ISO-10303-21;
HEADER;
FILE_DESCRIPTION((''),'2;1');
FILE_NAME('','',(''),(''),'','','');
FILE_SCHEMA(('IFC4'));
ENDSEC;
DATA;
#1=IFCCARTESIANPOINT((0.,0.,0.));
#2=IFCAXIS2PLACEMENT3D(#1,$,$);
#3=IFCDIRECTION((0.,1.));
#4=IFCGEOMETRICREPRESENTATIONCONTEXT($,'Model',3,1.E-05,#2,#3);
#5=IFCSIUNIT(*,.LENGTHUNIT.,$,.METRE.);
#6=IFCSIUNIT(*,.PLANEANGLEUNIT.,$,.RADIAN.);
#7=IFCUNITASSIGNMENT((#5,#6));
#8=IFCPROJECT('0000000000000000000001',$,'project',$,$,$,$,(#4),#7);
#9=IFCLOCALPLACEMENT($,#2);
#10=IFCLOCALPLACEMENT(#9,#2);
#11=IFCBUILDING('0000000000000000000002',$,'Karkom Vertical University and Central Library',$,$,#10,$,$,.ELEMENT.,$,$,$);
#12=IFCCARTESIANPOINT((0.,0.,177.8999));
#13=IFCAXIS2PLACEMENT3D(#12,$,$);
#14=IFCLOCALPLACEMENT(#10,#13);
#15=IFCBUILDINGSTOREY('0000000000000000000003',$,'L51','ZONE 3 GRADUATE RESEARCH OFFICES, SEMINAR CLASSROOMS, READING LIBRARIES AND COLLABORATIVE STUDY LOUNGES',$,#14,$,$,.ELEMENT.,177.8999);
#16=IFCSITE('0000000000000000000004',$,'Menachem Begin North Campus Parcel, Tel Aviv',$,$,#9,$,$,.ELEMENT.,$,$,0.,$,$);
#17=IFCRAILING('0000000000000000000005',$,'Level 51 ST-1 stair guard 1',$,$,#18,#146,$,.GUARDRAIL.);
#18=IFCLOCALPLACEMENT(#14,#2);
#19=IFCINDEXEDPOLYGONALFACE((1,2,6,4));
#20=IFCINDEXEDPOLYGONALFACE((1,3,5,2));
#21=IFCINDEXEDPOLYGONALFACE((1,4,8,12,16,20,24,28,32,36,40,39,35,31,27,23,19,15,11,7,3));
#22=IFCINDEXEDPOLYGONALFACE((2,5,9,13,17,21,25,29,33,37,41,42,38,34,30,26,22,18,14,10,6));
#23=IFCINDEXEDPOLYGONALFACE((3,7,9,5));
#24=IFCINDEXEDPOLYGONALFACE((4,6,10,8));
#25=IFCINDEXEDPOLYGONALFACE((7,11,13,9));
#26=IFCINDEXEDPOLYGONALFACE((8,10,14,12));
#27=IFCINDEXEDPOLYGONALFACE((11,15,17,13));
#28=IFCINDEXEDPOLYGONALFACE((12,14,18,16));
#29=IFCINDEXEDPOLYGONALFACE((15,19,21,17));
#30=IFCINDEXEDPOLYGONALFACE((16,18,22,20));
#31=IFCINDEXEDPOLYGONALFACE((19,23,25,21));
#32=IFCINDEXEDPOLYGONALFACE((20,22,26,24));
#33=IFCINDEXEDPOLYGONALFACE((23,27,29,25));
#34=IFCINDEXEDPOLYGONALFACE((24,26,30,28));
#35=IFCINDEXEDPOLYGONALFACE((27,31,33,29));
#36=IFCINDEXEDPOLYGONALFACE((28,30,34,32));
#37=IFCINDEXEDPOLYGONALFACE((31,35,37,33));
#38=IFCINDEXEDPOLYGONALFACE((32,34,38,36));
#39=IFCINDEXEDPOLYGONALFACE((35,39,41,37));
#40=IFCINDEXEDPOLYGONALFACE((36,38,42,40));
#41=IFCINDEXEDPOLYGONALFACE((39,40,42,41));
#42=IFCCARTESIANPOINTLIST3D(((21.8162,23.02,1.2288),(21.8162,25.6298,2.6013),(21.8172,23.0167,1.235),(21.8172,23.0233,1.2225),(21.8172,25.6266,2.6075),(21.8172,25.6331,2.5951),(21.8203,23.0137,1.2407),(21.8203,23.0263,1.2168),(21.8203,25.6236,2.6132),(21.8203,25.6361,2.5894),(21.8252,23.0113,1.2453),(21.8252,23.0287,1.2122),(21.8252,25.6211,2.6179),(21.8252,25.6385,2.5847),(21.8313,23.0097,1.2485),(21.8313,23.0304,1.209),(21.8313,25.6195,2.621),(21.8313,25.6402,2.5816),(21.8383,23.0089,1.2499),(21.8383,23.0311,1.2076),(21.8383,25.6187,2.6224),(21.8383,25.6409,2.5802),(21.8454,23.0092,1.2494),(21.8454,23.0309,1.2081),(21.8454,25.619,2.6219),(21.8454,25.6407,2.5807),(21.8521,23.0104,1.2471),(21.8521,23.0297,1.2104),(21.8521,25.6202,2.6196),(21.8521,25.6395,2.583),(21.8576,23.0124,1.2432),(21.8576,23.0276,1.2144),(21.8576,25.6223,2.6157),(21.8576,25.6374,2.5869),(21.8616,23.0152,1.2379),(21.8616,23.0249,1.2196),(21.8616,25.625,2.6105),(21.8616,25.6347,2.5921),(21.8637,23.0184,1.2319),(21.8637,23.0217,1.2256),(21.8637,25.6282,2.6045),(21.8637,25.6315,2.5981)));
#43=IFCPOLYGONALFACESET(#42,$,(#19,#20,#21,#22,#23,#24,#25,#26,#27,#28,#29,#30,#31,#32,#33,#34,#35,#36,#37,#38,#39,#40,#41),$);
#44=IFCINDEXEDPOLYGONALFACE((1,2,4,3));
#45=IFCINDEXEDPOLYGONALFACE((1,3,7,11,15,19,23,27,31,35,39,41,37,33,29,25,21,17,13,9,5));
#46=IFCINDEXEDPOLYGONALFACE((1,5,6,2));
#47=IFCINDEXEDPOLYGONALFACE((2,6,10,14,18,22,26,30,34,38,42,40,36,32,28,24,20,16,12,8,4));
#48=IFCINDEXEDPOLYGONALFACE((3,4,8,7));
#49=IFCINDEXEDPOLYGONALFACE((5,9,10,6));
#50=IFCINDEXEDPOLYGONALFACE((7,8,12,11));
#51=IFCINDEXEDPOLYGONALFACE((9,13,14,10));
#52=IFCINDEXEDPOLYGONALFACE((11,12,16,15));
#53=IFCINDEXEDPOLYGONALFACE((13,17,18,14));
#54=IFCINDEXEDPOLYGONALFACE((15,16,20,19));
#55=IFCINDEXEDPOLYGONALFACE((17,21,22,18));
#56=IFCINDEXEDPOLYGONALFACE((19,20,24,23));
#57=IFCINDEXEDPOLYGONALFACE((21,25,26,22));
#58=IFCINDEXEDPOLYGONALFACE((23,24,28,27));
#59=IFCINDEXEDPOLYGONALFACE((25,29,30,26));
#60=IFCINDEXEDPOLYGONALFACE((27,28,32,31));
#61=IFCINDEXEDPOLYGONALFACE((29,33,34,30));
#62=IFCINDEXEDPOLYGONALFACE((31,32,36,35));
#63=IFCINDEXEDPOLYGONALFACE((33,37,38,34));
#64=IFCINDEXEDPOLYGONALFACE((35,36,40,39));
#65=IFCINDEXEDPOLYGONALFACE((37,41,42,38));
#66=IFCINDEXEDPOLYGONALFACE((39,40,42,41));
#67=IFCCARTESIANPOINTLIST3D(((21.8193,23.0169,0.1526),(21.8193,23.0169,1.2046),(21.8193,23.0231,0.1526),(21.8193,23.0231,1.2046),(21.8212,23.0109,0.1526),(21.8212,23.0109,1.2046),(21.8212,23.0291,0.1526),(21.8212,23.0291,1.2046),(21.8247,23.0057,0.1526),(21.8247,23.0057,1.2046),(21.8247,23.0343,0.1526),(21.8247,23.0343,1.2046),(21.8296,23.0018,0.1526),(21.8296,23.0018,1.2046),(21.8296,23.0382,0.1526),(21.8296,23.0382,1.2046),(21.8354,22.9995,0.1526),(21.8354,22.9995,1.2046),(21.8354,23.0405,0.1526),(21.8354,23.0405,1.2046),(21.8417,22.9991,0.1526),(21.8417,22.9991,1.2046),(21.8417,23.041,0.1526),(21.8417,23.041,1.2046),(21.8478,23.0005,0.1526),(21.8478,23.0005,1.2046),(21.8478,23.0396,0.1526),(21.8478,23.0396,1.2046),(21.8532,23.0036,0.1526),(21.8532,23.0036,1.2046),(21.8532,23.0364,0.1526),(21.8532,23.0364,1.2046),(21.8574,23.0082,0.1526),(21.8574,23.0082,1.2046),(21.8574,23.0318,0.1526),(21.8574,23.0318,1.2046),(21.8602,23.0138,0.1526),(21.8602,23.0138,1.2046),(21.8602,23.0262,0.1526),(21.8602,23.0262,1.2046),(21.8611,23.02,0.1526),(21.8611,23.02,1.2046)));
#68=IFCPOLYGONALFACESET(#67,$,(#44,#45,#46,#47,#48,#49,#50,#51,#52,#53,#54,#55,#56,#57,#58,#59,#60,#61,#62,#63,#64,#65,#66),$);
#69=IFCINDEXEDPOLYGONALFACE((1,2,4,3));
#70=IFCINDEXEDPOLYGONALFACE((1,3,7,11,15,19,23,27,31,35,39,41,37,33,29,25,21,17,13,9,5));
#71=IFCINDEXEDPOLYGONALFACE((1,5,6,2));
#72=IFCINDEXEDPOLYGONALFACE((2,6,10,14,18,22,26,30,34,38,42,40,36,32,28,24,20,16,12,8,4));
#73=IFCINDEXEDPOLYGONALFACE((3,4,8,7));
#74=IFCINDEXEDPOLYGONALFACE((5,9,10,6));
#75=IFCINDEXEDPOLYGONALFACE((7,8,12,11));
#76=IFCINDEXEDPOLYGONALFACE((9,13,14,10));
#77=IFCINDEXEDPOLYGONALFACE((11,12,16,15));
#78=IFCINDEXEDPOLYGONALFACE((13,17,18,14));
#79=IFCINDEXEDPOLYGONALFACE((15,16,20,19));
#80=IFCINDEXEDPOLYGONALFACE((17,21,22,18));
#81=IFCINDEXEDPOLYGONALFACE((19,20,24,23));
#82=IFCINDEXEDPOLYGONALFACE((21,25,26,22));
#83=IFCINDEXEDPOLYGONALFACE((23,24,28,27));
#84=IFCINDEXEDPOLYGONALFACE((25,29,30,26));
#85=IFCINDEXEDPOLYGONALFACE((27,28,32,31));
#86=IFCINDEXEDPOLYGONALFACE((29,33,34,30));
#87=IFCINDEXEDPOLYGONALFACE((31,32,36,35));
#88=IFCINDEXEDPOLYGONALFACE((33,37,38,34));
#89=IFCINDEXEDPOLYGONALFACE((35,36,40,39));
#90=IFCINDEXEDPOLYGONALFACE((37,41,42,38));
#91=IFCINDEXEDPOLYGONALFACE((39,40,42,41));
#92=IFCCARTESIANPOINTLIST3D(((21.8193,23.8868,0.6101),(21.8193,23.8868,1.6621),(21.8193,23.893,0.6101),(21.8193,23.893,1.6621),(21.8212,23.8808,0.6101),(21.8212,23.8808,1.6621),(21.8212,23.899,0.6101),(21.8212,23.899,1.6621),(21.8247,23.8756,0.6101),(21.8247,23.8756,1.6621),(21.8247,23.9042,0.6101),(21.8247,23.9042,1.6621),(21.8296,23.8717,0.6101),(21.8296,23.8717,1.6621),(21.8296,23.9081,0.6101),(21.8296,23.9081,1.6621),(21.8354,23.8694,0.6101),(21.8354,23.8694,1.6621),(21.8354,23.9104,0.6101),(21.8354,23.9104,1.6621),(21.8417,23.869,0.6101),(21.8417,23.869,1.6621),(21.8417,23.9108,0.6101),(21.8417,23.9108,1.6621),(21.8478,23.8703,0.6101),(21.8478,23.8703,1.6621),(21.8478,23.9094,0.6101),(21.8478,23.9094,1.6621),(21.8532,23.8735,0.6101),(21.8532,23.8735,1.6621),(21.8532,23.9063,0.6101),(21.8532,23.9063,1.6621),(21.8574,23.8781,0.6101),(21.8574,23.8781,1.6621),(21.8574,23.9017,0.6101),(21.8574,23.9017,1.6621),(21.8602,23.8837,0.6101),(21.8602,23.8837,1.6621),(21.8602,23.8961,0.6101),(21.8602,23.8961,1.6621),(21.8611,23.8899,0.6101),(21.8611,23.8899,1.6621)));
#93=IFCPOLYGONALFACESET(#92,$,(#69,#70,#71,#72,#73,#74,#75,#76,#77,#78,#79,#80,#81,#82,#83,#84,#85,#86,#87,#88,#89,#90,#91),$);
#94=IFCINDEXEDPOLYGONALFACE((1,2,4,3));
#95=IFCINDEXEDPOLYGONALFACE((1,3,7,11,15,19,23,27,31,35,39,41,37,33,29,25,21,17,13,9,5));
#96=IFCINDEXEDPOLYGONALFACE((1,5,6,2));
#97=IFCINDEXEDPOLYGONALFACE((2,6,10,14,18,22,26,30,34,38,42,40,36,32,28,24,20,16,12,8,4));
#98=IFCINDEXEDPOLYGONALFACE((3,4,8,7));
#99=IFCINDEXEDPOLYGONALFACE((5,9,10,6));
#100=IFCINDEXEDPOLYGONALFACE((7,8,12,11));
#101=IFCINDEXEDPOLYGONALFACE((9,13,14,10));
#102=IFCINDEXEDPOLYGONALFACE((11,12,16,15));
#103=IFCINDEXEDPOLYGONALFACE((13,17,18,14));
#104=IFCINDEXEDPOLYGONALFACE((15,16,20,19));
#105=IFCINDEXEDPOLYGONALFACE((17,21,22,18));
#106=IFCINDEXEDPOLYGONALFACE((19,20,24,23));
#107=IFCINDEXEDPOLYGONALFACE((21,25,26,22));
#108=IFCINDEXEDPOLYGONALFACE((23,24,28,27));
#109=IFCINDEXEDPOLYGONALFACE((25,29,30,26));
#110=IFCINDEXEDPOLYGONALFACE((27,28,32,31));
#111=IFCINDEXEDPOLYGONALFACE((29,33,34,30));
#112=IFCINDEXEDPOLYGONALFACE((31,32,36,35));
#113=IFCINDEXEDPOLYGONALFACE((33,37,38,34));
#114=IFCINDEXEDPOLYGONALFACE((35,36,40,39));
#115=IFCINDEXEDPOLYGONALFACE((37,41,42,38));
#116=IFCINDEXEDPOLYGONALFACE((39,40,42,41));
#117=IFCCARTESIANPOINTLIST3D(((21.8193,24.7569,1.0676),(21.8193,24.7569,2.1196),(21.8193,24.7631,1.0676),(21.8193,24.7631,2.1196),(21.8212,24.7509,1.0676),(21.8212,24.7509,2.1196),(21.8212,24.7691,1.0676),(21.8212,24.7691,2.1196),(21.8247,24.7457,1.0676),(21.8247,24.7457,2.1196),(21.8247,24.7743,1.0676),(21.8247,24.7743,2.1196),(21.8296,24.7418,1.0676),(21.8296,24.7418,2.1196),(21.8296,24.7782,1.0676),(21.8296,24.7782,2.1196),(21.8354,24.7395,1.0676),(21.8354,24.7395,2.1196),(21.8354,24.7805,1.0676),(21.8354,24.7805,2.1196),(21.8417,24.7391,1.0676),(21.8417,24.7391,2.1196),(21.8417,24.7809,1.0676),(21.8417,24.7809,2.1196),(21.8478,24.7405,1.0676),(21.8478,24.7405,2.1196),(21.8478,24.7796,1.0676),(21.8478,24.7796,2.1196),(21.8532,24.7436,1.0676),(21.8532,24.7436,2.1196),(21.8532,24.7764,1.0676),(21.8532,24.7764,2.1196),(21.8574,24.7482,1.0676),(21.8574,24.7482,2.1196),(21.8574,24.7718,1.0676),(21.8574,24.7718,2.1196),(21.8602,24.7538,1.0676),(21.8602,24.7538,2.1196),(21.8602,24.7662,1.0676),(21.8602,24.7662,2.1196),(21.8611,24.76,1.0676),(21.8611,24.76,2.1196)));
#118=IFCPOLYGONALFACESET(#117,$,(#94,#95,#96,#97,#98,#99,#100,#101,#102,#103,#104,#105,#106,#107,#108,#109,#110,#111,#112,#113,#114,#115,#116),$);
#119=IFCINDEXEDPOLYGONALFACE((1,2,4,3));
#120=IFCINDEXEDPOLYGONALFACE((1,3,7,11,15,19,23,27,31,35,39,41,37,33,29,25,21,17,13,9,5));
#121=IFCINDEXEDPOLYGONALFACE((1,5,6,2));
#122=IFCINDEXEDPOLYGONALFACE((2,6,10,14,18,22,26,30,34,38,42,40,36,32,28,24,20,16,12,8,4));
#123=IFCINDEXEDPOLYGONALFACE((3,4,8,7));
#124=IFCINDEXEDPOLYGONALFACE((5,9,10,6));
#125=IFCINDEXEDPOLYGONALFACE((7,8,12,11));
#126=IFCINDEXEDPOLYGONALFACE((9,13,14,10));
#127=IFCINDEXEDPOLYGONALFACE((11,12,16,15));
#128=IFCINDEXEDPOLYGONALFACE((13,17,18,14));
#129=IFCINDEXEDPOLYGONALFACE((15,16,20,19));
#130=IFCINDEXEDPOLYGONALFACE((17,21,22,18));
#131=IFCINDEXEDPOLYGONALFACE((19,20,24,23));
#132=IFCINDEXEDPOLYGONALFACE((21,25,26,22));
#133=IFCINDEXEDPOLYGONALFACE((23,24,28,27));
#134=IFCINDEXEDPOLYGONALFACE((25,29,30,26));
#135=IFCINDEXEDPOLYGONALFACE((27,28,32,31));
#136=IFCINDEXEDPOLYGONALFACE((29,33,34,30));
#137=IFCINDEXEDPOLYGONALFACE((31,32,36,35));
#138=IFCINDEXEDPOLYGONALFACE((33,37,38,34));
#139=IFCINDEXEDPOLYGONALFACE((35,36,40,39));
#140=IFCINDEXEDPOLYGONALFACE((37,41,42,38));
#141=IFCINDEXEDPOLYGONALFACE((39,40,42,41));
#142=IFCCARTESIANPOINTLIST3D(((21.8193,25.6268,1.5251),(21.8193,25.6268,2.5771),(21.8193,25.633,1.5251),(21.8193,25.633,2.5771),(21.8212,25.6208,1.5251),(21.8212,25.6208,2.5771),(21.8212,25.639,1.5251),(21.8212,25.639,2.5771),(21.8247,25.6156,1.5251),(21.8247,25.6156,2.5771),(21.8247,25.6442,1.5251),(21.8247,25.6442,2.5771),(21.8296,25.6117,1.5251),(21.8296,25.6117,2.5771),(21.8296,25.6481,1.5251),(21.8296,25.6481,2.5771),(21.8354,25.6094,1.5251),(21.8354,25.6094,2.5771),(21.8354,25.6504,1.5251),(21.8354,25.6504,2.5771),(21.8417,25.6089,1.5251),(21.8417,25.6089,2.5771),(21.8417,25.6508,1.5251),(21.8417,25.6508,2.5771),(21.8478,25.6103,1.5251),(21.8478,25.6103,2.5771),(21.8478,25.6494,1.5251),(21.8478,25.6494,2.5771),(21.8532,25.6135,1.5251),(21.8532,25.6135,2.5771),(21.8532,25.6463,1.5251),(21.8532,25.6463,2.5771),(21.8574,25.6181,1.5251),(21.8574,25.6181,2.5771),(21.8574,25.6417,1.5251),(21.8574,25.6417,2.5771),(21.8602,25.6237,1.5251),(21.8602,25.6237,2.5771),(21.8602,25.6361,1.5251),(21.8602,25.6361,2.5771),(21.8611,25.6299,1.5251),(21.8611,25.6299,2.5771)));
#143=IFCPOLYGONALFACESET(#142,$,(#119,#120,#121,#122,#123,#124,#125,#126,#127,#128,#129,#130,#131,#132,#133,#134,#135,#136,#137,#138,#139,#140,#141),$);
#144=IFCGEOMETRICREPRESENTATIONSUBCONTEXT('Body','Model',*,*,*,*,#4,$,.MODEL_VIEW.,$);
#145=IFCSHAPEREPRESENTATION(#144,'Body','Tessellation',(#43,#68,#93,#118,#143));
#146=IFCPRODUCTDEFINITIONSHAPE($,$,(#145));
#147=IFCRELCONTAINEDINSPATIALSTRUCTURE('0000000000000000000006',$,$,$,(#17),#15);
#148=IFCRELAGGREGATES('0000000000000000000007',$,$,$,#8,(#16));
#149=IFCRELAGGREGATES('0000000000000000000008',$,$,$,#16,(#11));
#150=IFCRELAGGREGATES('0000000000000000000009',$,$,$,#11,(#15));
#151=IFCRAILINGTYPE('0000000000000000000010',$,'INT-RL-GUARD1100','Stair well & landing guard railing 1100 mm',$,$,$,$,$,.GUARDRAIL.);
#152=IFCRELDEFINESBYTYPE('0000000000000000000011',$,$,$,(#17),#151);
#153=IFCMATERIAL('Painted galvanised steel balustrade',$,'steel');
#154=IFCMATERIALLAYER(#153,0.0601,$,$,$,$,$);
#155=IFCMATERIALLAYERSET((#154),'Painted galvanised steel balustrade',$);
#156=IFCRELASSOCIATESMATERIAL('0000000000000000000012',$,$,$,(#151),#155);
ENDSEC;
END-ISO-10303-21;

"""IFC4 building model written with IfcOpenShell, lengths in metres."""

from ifc_helpers import new_model, si_unit, direction, frame, origin, origin_2d, place, context, subcontext, project, spatial, circle, extrude, material, layer, layer_set, type_object, element, save


model = new_model("IFC4")

# Units and contexts
model_context = context("Model", 3, precision=1e-05, world=origin(), true_north=direction((0.0, 1.0)))
body_context = subcontext(model_context, "Body", "Model", "MODEL_VIEW")
ifc_project = project(units=[si_unit("LENGTHUNIT", "METRE"), si_unit("PLANEANGLEUNIT", "RADIAN")], contexts=[model_context])

# Site, building, storey
site_placement = place(None, origin())
site = spatial("IfcSite", under=ifc_project, at=site_placement, Name="Menachem Begin North Campus Parcel, Tel Aviv", CompositionType="ELEMENT", RefElevation=0.0)
building_placement = place(site_placement, origin())
building = spatial("IfcBuilding", under=site, at=building_placement, Name="Karkom Vertical University and Central Library", CompositionType="ELEMENT")
storey_placement = place(building_placement, frame((0.0, 0.0, 177.8999)))
storey = spatial("IfcBuildingStorey", under=building, at=storey_placement, Name="L51", Description="ZONE 3 GRADUATE RESEARCH OFFICES, SEMINAR CLASSROOMS, READING LIBRARIES AND COLLABORATIVE STUDY LOUNGES", CompositionType="ELEMENT", Elevation=177.8999)

# Railing
ifc_material_1 = material(Name="Painted galvanised steel balustrade", Category="steel")
ifc_layer_1 = layer(ifc_material_1, 0.0601)
ifc_layer_set_1 = layer_set([ifc_layer_1], Name="Painted galvanised steel balustrade")
railing_type_1 = type_object("IfcRailingType", Name="INT-RL-GUARD1100", Description="Stair well & landing guard railing 1100 mm", PredefinedType="GUARDRAIL", material=ifc_layer_set_1)
railing_1_placement = place(storey_placement, frame((21.8401, 23.02, 0.1526)))
element("IfcRailing", 1, at=railing_1_placement, inside=storey, type_object=railing_type_1, Name="Level 51 ST-1 stair guard 1", PredefinedType="GUARDRAIL", context=body_context, shape_type="SweptSolid", body=[
    extrude(circle(Radius=0.0239, at=origin_2d()), frame((0.0, 0.0, 1.0762), z_axis=(0.0, 0.885065, 0.465467), x_axis=(-1.0, 0.0, 0.0)), (0.0, 0.0, 1.0), 2.9487),
    extrude(circle(Radius=0.021, at=origin_2d()), origin(), (0.0, 0.0, 1.0), 1.052),
    extrude(circle(Radius=0.021, at=origin_2d()), frame((0.0, 0.8699, 0.4575)), (0.0, 0.0, 1.0), 1.052),
    extrude(circle(Radius=0.021, at=origin_2d()), frame((0.0, 1.74, 0.915)), (0.0, 0.0, 1.0), 1.052),
    extrude(circle(Radius=0.021, at=origin_2d()), frame((0.0, 2.6099, 1.3726)), (0.0, 0.0, 1.0), 1.052),
])

save(model, "model.ifc")
